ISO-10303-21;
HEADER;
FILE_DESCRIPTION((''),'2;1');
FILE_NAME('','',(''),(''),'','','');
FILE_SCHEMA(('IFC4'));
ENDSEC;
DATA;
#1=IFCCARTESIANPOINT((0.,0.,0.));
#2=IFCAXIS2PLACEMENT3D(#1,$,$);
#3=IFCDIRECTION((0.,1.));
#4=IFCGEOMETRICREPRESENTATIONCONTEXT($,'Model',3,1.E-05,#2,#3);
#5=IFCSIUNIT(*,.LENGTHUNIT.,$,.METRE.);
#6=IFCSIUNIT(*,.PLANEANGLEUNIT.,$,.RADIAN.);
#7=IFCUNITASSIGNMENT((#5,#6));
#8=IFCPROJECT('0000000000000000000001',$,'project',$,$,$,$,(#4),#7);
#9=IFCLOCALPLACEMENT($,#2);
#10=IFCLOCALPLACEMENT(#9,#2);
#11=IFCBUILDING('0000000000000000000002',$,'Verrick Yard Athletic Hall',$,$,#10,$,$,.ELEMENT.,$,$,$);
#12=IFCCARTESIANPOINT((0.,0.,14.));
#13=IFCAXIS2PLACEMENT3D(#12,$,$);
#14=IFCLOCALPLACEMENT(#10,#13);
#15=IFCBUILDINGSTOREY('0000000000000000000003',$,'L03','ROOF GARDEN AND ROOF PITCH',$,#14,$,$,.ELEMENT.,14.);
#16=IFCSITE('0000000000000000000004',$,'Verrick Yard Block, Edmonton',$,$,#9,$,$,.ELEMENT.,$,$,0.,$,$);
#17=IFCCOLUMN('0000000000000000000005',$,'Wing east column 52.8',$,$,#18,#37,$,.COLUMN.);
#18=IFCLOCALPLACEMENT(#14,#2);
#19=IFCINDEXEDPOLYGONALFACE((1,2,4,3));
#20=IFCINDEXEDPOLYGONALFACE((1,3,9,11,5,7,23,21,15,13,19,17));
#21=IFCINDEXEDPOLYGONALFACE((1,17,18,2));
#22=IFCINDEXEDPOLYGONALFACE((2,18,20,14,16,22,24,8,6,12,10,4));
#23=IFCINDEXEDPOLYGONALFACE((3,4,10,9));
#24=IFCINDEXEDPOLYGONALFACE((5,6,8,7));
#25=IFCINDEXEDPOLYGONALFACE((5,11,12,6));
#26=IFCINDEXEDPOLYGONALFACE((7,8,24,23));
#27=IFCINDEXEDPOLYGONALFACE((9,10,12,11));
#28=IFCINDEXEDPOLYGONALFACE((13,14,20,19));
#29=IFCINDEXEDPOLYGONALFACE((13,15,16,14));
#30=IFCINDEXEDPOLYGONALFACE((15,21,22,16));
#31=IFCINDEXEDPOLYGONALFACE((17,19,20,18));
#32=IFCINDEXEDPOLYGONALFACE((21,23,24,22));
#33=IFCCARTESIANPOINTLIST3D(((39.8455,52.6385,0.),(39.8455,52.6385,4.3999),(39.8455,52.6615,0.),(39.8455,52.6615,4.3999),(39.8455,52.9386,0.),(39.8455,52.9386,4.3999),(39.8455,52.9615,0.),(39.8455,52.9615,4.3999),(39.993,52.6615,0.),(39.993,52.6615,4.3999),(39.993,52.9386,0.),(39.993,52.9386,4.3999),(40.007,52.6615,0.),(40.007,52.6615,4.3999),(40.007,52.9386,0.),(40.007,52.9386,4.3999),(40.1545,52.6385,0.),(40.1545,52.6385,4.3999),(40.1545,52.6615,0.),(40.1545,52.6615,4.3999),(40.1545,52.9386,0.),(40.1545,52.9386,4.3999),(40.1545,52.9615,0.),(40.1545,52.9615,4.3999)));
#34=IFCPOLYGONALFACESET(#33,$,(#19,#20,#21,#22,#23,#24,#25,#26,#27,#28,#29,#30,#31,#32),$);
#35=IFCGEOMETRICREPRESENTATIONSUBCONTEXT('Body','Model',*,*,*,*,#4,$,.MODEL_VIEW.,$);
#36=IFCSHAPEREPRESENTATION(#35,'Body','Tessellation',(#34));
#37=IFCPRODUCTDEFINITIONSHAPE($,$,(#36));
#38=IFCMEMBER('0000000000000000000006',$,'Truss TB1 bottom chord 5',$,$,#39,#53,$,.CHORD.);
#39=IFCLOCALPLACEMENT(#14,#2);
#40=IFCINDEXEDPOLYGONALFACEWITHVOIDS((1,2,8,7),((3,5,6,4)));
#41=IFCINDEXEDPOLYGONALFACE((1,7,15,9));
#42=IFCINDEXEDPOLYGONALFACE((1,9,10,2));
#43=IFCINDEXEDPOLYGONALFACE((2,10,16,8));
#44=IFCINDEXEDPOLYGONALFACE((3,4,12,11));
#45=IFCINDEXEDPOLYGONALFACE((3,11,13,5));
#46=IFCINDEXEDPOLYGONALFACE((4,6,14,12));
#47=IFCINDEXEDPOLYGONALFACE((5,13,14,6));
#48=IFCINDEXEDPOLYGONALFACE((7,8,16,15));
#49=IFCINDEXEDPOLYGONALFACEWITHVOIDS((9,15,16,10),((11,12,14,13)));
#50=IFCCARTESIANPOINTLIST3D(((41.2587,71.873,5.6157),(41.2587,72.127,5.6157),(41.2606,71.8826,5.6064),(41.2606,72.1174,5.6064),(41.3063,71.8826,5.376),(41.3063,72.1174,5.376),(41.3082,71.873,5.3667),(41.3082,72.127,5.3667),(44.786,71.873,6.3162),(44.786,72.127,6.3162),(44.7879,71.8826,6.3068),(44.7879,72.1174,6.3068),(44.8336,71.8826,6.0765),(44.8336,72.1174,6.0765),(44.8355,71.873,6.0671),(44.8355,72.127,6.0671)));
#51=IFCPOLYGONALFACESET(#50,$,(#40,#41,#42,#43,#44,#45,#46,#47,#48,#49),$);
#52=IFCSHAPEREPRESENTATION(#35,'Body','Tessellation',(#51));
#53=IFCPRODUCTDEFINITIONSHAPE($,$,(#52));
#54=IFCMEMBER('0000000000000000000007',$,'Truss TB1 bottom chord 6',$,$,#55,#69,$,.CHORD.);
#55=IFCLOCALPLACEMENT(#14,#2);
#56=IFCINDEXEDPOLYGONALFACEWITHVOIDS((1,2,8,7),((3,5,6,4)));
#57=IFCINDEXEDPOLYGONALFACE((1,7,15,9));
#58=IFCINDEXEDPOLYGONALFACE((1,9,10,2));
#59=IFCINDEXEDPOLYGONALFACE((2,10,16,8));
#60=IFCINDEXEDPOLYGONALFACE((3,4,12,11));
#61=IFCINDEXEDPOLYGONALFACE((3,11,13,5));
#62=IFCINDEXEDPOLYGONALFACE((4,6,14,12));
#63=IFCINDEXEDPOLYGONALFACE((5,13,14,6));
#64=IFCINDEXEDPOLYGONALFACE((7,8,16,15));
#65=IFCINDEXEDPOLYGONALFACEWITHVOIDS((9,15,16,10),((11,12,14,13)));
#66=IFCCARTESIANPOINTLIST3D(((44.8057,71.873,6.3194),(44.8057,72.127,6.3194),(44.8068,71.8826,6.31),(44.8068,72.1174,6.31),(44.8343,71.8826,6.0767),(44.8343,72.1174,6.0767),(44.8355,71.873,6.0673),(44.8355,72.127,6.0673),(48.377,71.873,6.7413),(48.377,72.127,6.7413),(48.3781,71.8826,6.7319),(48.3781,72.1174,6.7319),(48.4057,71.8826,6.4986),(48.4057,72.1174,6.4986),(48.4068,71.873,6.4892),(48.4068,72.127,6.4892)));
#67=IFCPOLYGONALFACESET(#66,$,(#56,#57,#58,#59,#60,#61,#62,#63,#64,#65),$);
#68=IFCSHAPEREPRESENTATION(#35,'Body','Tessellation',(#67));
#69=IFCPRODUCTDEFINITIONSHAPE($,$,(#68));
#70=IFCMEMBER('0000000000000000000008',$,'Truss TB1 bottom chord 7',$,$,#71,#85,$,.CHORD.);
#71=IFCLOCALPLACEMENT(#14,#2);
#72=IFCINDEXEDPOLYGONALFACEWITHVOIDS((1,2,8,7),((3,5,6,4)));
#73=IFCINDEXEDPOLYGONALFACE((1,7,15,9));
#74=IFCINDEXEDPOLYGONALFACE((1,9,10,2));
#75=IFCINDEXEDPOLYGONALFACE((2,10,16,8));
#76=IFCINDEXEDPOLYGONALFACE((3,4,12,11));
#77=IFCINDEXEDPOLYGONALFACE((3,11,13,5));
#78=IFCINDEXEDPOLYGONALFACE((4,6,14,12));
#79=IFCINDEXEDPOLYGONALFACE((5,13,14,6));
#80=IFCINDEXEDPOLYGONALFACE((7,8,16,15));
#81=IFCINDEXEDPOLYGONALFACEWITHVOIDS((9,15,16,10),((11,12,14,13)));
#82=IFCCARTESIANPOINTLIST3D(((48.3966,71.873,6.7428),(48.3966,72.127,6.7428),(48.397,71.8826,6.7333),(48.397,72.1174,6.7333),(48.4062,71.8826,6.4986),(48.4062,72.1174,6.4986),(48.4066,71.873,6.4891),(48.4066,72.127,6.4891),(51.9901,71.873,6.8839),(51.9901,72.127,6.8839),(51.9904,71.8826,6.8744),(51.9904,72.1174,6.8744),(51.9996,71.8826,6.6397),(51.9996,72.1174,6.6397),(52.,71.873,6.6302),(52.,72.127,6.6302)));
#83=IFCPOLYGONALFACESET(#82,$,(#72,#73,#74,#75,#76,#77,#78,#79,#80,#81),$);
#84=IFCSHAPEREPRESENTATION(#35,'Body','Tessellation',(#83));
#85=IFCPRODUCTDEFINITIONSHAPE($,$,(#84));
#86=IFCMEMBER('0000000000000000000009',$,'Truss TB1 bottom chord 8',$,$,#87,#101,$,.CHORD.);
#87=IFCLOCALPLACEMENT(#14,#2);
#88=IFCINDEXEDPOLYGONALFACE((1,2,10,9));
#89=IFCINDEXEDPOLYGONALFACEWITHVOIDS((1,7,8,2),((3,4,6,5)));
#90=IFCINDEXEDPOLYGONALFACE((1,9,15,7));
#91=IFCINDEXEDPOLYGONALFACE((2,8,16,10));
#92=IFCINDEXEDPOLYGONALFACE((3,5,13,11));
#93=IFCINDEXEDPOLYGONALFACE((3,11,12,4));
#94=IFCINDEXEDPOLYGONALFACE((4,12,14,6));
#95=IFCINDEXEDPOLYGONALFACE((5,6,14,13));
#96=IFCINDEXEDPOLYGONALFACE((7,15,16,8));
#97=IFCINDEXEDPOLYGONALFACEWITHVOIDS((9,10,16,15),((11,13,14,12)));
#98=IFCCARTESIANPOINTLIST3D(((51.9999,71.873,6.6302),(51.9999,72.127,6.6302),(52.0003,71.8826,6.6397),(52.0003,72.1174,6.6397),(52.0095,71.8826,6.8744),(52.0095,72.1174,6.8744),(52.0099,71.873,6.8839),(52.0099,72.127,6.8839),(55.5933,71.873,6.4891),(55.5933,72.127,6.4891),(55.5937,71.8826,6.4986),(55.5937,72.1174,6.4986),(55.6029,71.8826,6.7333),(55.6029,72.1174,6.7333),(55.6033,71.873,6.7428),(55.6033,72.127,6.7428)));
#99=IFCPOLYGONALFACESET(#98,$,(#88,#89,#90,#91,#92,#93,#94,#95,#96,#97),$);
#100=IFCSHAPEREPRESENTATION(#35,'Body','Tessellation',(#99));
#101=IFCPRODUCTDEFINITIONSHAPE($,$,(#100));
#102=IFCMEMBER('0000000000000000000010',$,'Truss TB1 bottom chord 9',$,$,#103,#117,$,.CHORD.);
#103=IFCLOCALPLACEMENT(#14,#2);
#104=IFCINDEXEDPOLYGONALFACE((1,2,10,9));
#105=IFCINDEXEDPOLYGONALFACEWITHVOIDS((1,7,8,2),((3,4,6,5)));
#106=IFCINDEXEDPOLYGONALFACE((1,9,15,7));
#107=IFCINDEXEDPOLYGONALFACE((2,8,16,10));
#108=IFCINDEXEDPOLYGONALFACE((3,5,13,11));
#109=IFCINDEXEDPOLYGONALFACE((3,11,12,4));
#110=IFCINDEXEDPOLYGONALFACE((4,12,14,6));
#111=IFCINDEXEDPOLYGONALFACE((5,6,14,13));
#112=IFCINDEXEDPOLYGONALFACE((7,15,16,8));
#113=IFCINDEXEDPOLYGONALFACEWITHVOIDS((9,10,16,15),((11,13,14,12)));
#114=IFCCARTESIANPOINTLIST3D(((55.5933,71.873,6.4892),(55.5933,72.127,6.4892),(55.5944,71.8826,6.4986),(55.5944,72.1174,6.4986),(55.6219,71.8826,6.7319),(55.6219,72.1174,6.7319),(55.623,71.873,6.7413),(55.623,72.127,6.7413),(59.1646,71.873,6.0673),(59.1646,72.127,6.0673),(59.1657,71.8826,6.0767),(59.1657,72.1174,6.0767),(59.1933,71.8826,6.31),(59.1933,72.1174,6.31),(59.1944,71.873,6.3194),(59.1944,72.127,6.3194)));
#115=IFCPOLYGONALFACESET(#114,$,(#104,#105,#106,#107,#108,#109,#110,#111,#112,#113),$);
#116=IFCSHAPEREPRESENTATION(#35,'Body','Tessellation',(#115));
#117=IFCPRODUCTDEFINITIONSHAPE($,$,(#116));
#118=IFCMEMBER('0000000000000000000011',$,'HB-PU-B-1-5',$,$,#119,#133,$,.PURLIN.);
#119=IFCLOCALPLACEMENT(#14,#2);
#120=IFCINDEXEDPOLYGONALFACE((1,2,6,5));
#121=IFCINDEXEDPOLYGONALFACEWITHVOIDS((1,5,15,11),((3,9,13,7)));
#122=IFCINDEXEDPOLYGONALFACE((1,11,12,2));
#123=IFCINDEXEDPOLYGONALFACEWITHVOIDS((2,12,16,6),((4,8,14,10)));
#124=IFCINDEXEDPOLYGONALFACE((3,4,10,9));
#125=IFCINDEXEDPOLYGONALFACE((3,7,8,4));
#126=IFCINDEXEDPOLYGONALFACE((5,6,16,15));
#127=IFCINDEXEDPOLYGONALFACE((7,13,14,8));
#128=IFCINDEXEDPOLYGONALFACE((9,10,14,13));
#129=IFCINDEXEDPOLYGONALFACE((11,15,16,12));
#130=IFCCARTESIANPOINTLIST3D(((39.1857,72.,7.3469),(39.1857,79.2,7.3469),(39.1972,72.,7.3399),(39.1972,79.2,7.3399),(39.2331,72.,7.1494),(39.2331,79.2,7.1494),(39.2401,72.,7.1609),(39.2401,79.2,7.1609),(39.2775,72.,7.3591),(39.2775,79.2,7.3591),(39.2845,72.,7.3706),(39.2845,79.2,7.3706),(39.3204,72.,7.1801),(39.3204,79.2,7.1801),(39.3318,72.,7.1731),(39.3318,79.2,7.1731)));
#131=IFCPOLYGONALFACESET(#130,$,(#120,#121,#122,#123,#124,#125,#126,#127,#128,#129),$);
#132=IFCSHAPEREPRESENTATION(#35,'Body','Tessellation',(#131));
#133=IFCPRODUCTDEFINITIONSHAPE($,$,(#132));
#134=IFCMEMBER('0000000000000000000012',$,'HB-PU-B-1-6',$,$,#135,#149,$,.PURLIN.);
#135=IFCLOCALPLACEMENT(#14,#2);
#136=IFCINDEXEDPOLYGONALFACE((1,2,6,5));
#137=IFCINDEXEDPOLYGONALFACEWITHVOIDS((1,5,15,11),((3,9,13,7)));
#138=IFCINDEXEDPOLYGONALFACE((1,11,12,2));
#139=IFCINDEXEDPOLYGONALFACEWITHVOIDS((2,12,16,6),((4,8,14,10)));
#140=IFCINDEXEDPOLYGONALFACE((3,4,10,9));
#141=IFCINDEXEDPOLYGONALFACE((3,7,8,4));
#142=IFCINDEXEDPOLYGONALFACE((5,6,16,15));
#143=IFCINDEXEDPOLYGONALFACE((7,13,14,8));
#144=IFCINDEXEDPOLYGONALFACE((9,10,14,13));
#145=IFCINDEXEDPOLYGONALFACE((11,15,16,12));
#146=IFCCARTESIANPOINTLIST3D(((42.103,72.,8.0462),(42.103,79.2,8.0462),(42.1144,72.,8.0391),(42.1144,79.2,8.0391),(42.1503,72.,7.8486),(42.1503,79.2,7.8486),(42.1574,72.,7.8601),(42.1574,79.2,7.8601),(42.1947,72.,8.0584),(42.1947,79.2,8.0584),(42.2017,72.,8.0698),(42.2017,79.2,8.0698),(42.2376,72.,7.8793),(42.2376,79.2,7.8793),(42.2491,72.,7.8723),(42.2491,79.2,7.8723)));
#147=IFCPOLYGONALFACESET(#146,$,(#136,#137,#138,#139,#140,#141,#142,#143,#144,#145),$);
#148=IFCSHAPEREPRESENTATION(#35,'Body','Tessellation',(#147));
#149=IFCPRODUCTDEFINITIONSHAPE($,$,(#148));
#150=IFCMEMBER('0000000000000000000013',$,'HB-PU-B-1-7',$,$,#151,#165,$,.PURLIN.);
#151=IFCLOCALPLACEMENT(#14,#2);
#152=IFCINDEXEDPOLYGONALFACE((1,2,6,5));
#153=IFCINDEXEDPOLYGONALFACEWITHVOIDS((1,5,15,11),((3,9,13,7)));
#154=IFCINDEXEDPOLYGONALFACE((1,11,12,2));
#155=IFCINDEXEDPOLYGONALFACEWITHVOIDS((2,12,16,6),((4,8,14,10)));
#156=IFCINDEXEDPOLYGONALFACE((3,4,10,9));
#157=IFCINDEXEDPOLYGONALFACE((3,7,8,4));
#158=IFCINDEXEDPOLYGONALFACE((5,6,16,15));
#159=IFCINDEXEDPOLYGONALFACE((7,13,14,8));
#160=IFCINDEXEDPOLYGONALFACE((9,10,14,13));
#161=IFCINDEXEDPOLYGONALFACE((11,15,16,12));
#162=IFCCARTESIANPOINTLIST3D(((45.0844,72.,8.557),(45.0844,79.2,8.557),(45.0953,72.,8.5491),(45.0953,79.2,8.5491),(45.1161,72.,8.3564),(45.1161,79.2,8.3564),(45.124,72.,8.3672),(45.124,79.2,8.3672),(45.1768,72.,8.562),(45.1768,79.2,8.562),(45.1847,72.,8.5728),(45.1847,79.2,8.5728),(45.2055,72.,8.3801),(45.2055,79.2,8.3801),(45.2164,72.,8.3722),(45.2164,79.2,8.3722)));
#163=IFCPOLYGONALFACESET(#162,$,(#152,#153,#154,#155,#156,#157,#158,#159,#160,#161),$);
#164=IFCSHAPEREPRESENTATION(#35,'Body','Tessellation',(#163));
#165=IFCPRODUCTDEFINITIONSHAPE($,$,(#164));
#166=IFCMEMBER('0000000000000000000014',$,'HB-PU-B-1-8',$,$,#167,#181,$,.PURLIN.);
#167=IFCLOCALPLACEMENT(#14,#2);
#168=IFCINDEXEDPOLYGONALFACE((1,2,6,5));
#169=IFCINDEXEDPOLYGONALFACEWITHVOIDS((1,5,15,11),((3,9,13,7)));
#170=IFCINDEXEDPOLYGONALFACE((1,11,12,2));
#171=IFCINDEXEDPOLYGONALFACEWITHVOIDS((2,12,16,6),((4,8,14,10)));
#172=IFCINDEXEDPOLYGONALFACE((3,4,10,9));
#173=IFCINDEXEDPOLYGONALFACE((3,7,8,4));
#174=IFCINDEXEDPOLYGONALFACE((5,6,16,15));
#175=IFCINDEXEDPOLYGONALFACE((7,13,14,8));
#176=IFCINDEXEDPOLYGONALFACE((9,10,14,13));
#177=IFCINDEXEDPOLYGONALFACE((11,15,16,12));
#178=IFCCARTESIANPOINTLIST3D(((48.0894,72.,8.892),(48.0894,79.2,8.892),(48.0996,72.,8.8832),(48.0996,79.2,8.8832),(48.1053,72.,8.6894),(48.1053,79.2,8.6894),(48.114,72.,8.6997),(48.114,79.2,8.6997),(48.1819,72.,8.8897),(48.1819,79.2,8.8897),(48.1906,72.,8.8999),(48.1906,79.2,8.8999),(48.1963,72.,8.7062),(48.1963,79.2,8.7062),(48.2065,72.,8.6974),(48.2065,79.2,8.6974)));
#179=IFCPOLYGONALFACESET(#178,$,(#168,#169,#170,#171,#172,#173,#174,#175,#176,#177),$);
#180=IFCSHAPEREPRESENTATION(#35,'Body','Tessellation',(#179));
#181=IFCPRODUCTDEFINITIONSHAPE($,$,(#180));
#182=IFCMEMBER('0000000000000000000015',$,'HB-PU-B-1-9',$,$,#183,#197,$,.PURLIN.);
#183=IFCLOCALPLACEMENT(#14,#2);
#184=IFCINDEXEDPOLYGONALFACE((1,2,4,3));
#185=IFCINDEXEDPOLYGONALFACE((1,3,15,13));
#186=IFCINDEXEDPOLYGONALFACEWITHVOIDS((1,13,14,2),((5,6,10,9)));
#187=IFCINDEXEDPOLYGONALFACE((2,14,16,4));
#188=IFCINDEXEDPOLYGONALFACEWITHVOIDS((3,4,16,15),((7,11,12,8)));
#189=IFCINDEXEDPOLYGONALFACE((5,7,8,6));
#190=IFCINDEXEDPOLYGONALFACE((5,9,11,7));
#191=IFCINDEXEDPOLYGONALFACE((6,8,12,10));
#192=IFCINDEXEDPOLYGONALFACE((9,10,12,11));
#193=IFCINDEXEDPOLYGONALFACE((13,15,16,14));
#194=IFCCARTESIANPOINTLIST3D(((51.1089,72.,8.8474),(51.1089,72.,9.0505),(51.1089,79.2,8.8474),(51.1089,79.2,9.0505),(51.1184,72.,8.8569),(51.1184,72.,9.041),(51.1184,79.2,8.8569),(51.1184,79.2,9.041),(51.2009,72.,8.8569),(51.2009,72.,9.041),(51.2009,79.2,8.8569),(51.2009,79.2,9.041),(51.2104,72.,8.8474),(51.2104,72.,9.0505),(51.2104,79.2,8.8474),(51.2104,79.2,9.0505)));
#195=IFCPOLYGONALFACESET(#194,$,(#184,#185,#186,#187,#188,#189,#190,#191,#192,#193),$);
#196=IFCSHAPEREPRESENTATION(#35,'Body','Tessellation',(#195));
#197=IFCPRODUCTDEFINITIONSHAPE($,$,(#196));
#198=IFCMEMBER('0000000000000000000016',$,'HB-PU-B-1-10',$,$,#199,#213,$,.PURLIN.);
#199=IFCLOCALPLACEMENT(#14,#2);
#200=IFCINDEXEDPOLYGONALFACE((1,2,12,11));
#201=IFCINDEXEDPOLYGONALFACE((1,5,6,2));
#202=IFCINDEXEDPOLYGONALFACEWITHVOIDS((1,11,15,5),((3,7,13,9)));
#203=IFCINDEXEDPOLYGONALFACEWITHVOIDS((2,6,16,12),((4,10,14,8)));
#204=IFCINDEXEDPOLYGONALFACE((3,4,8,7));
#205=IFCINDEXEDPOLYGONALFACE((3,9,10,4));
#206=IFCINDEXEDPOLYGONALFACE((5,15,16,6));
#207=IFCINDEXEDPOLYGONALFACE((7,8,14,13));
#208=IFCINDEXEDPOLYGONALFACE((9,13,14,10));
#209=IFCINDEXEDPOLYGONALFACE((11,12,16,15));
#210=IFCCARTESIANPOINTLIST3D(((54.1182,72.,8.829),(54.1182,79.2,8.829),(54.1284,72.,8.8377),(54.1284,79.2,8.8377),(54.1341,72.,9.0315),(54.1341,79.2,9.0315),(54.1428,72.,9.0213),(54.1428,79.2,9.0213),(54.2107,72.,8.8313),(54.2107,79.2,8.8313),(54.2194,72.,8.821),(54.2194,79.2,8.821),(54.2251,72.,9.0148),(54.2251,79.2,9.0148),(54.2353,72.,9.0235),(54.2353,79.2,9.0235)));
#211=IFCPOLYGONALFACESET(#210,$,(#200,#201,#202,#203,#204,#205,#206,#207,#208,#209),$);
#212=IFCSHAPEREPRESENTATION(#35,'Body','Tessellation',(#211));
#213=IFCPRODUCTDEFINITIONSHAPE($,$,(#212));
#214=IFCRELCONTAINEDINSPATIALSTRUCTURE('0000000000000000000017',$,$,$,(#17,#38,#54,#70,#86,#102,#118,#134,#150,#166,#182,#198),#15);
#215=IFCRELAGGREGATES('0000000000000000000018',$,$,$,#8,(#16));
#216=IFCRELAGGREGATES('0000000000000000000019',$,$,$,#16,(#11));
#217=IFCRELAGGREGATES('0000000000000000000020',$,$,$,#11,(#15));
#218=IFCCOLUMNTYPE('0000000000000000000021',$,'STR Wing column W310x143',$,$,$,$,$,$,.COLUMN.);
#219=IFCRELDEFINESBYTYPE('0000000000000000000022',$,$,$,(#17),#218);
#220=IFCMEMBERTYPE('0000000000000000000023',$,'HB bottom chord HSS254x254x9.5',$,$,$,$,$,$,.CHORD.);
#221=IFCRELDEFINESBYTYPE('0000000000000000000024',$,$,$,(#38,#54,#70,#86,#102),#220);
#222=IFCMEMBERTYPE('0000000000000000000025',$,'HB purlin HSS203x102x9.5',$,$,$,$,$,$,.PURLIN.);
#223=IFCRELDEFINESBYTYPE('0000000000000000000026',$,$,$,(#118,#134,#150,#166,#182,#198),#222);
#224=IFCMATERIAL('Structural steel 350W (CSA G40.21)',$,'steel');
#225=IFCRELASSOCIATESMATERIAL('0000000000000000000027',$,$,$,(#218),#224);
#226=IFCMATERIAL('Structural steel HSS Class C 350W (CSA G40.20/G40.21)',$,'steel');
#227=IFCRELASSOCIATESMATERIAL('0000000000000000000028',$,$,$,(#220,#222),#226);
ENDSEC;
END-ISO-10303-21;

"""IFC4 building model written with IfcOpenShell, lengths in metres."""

from ifc_helpers import new_model, si_unit, direction, frame, origin, origin_2d, place, context, subcontext, project, spatial, hollow_rectangle, i_section, extrude, material, material_profile, profile_set, type_object, element, save


model = new_model("IFC4")

# Units and contexts
model_context = context("Model", 3, precision=1e-05, world=origin(), true_north=direction((0.0, 1.0)))
body_context = subcontext(model_context, "Body", "Model", "MODEL_VIEW")
ifc_project = project(units=[si_unit("LENGTHUNIT", "METRE"), si_unit("PLANEANGLEUNIT", "RADIAN")], contexts=[model_context])

# Site, building, storey
site_placement = place(None, origin())
site = spatial("IfcSite", under=ifc_project, at=site_placement, Name="Verrick Yard Block, Edmonton", CompositionType="ELEMENT", RefElevation=0.0)
building_placement = place(site_placement, origin())
building = spatial("IfcBuilding", under=site, at=building_placement, Name="Verrick Yard Athletic Hall", CompositionType="ELEMENT")
storey_placement = place(building_placement, frame((0.0, 0.0, 14.0)))
storey = spatial("IfcBuildingStorey", under=building, at=storey_placement, Name="L03", Description="ROOF GARDEN AND ROOF PITCH", CompositionType="ELEMENT", Elevation=14.0)

# Column
ifc_material_1 = material(Name="Structural steel 350W (CSA G40.21)", Category="steel")
ifc_material_profile_1 = material_profile(ifc_material_1, i_section(OverallWidth=0.3091, OverallDepth=0.323, WebThickness=0.0139, FlangeThickness=0.0229, at=origin_2d()), Name="W310x143")
ifc_profile_set_1 = profile_set([ifc_material_profile_1], Name="Structural steel 350W (CSA G40.21)")
column_type = type_object("IfcColumnType", Name="STR Wing column W310x143", PredefinedType="COLUMN", material=ifc_profile_set_1)
column_placement = place(storey_placement, frame((40.0, 52.8, 0.0), z_axis=(0.0, 0.0, 1.0), x_axis=(1.0, 0.0, 0.0)))
element("IfcColumn", 1, at=column_placement, inside=storey, type_object=column_type, Name="Wing east column 52.8", PredefinedType="COLUMN", context=body_context, shape_type="SweptSolid", body=[
    extrude(i_section(OverallWidth=0.3091, OverallDepth=0.323, WebThickness=0.0139, FlangeThickness=0.0229, at=origin_2d()), origin(), (0.0, 0.0, 1.0), 4.3999),
])

# Members
ifc_material_2 = material(Name="Structural steel HSS Class C 350W (CSA G40.20/G40.21)", Category="steel")
ifc_material_profile_2 = material_profile(ifc_material_2, hollow_rectangle(XDim=0.2539, YDim=0.2539, WallThickness=0.0095, at=origin_2d()), Name="HSS254x254x9.5")
ifc_profile_set_2 = profile_set([ifc_material_profile_2], Name="Structural steel HSS Class C 350W (CSA G40.20/G40.21)")
member_type_1 = type_object("IfcMemberType", Name="HB bottom chord HSS254x254x9.5", PredefinedType="CHORD", material=ifc_profile_set_2)
for number, where, z_axis, x_axis, name in (
    (2, (41.2834, 72.0, 5.4912), (0.980849, 0.0, 0.194771), (0.0, 1.0, 0.0), "Truss TB1 bottom chord 5"),
    (3, (44.8206, 72.0, 6.1934), (0.993095, 0.0, 0.117314), (0.0, 1.0, 0.0), "Truss TB1 bottom chord 6"),
    (4, (48.4016, 72.0, 6.616), (0.99923, 0.0, 0.039239), (0.0, 1.0, 0.0), "Truss TB1 bottom chord 7"),
    (5, (52.0049, 72.0, 6.7571), (0.99923, 0.0, -0.039239), (0.0, 1.0, 0.0), "Truss TB1 bottom chord 8"),
    (6, (55.6082, 72.0, 6.6152), (0.993095, 0.0, -0.117314), (0.0, 1.0, 0.0), "Truss TB1 bottom chord 9"),
):
    element("IfcMember", number, at=place(storey_placement, frame(where, z_axis=z_axis, x_axis=x_axis)), inside=storey, type_object=member_type_1, Name=name, PredefinedType="CHORD", context=body_context, shape_type="SweptSolid", body=[
        extrude(hollow_rectangle(XDim=0.2539, YDim=0.2539, WallThickness=0.0095, at=origin_2d()), origin(), (0.0, 0.0, 1.0), 3.5962),
    ])
ifc_material_profile_3 = material_profile(ifc_material_2, hollow_rectangle(XDim=0.1016, YDim=0.2031, WallThickness=0.0095, at=origin_2d()), Name="HSS203x102x9.5")
ifc_profile_set_3 = profile_set([ifc_material_profile_3], Name="Structural steel HSS Class C 350W (CSA G40.20/G40.21)")
member_type_2 = type_object("IfcMemberType", Name="HB purlin HSS203x102x9.5", PredefinedType="PURLIN", material=ifc_profile_set_3)
for number, where, z_axis, x_axis, name in (
    (7, (39.2588, 72.0, 7.26), (0.0, 1.0, 0.0), (-0.972459, 0.0, -0.233074), "HB-PU-B-1-5"),
    (8, (42.176, 72.0, 7.9592), (0.0, 1.0, 0.0), (-0.972459, 0.0, -0.233074), "HB-PU-B-1-6"),
    (9, (45.1504, 72.0, 8.4646), (0.0, 1.0, 0.0), (-0.987728, 0.0, -0.156183), "HB-PU-B-1-7"),
    (10, (48.1479, 72.0, 8.7947), (0.0, 1.0, 0.0), (-0.996927, 0.0, -0.078332), "HB-PU-B-1-8"),
    (11, (51.1597, 72.0, 8.949), (0.0, 1.0, 0.0), (-1.0, 0.0, 0.0), "HB-PU-B-1-9"),
    (12, (54.1768, 72.0, 8.9263), (0.0, 1.0, 0.0), (-0.996927, 0.0, 0.078332), "HB-PU-B-1-10"),
):
    element("IfcMember", number, at=place(storey_placement, frame(where, z_axis=z_axis, x_axis=x_axis)), inside=storey, type_object=member_type_2, Name=name, PredefinedType="PURLIN", context=body_context, shape_type="SweptSolid", body=[
        extrude(hollow_rectangle(XDim=0.1016, YDim=0.2031, WallThickness=0.0095, at=origin_2d()), origin(), (0.0, 0.0, 1.0), 7.2),
    ])

save(model, "model.ifc")
